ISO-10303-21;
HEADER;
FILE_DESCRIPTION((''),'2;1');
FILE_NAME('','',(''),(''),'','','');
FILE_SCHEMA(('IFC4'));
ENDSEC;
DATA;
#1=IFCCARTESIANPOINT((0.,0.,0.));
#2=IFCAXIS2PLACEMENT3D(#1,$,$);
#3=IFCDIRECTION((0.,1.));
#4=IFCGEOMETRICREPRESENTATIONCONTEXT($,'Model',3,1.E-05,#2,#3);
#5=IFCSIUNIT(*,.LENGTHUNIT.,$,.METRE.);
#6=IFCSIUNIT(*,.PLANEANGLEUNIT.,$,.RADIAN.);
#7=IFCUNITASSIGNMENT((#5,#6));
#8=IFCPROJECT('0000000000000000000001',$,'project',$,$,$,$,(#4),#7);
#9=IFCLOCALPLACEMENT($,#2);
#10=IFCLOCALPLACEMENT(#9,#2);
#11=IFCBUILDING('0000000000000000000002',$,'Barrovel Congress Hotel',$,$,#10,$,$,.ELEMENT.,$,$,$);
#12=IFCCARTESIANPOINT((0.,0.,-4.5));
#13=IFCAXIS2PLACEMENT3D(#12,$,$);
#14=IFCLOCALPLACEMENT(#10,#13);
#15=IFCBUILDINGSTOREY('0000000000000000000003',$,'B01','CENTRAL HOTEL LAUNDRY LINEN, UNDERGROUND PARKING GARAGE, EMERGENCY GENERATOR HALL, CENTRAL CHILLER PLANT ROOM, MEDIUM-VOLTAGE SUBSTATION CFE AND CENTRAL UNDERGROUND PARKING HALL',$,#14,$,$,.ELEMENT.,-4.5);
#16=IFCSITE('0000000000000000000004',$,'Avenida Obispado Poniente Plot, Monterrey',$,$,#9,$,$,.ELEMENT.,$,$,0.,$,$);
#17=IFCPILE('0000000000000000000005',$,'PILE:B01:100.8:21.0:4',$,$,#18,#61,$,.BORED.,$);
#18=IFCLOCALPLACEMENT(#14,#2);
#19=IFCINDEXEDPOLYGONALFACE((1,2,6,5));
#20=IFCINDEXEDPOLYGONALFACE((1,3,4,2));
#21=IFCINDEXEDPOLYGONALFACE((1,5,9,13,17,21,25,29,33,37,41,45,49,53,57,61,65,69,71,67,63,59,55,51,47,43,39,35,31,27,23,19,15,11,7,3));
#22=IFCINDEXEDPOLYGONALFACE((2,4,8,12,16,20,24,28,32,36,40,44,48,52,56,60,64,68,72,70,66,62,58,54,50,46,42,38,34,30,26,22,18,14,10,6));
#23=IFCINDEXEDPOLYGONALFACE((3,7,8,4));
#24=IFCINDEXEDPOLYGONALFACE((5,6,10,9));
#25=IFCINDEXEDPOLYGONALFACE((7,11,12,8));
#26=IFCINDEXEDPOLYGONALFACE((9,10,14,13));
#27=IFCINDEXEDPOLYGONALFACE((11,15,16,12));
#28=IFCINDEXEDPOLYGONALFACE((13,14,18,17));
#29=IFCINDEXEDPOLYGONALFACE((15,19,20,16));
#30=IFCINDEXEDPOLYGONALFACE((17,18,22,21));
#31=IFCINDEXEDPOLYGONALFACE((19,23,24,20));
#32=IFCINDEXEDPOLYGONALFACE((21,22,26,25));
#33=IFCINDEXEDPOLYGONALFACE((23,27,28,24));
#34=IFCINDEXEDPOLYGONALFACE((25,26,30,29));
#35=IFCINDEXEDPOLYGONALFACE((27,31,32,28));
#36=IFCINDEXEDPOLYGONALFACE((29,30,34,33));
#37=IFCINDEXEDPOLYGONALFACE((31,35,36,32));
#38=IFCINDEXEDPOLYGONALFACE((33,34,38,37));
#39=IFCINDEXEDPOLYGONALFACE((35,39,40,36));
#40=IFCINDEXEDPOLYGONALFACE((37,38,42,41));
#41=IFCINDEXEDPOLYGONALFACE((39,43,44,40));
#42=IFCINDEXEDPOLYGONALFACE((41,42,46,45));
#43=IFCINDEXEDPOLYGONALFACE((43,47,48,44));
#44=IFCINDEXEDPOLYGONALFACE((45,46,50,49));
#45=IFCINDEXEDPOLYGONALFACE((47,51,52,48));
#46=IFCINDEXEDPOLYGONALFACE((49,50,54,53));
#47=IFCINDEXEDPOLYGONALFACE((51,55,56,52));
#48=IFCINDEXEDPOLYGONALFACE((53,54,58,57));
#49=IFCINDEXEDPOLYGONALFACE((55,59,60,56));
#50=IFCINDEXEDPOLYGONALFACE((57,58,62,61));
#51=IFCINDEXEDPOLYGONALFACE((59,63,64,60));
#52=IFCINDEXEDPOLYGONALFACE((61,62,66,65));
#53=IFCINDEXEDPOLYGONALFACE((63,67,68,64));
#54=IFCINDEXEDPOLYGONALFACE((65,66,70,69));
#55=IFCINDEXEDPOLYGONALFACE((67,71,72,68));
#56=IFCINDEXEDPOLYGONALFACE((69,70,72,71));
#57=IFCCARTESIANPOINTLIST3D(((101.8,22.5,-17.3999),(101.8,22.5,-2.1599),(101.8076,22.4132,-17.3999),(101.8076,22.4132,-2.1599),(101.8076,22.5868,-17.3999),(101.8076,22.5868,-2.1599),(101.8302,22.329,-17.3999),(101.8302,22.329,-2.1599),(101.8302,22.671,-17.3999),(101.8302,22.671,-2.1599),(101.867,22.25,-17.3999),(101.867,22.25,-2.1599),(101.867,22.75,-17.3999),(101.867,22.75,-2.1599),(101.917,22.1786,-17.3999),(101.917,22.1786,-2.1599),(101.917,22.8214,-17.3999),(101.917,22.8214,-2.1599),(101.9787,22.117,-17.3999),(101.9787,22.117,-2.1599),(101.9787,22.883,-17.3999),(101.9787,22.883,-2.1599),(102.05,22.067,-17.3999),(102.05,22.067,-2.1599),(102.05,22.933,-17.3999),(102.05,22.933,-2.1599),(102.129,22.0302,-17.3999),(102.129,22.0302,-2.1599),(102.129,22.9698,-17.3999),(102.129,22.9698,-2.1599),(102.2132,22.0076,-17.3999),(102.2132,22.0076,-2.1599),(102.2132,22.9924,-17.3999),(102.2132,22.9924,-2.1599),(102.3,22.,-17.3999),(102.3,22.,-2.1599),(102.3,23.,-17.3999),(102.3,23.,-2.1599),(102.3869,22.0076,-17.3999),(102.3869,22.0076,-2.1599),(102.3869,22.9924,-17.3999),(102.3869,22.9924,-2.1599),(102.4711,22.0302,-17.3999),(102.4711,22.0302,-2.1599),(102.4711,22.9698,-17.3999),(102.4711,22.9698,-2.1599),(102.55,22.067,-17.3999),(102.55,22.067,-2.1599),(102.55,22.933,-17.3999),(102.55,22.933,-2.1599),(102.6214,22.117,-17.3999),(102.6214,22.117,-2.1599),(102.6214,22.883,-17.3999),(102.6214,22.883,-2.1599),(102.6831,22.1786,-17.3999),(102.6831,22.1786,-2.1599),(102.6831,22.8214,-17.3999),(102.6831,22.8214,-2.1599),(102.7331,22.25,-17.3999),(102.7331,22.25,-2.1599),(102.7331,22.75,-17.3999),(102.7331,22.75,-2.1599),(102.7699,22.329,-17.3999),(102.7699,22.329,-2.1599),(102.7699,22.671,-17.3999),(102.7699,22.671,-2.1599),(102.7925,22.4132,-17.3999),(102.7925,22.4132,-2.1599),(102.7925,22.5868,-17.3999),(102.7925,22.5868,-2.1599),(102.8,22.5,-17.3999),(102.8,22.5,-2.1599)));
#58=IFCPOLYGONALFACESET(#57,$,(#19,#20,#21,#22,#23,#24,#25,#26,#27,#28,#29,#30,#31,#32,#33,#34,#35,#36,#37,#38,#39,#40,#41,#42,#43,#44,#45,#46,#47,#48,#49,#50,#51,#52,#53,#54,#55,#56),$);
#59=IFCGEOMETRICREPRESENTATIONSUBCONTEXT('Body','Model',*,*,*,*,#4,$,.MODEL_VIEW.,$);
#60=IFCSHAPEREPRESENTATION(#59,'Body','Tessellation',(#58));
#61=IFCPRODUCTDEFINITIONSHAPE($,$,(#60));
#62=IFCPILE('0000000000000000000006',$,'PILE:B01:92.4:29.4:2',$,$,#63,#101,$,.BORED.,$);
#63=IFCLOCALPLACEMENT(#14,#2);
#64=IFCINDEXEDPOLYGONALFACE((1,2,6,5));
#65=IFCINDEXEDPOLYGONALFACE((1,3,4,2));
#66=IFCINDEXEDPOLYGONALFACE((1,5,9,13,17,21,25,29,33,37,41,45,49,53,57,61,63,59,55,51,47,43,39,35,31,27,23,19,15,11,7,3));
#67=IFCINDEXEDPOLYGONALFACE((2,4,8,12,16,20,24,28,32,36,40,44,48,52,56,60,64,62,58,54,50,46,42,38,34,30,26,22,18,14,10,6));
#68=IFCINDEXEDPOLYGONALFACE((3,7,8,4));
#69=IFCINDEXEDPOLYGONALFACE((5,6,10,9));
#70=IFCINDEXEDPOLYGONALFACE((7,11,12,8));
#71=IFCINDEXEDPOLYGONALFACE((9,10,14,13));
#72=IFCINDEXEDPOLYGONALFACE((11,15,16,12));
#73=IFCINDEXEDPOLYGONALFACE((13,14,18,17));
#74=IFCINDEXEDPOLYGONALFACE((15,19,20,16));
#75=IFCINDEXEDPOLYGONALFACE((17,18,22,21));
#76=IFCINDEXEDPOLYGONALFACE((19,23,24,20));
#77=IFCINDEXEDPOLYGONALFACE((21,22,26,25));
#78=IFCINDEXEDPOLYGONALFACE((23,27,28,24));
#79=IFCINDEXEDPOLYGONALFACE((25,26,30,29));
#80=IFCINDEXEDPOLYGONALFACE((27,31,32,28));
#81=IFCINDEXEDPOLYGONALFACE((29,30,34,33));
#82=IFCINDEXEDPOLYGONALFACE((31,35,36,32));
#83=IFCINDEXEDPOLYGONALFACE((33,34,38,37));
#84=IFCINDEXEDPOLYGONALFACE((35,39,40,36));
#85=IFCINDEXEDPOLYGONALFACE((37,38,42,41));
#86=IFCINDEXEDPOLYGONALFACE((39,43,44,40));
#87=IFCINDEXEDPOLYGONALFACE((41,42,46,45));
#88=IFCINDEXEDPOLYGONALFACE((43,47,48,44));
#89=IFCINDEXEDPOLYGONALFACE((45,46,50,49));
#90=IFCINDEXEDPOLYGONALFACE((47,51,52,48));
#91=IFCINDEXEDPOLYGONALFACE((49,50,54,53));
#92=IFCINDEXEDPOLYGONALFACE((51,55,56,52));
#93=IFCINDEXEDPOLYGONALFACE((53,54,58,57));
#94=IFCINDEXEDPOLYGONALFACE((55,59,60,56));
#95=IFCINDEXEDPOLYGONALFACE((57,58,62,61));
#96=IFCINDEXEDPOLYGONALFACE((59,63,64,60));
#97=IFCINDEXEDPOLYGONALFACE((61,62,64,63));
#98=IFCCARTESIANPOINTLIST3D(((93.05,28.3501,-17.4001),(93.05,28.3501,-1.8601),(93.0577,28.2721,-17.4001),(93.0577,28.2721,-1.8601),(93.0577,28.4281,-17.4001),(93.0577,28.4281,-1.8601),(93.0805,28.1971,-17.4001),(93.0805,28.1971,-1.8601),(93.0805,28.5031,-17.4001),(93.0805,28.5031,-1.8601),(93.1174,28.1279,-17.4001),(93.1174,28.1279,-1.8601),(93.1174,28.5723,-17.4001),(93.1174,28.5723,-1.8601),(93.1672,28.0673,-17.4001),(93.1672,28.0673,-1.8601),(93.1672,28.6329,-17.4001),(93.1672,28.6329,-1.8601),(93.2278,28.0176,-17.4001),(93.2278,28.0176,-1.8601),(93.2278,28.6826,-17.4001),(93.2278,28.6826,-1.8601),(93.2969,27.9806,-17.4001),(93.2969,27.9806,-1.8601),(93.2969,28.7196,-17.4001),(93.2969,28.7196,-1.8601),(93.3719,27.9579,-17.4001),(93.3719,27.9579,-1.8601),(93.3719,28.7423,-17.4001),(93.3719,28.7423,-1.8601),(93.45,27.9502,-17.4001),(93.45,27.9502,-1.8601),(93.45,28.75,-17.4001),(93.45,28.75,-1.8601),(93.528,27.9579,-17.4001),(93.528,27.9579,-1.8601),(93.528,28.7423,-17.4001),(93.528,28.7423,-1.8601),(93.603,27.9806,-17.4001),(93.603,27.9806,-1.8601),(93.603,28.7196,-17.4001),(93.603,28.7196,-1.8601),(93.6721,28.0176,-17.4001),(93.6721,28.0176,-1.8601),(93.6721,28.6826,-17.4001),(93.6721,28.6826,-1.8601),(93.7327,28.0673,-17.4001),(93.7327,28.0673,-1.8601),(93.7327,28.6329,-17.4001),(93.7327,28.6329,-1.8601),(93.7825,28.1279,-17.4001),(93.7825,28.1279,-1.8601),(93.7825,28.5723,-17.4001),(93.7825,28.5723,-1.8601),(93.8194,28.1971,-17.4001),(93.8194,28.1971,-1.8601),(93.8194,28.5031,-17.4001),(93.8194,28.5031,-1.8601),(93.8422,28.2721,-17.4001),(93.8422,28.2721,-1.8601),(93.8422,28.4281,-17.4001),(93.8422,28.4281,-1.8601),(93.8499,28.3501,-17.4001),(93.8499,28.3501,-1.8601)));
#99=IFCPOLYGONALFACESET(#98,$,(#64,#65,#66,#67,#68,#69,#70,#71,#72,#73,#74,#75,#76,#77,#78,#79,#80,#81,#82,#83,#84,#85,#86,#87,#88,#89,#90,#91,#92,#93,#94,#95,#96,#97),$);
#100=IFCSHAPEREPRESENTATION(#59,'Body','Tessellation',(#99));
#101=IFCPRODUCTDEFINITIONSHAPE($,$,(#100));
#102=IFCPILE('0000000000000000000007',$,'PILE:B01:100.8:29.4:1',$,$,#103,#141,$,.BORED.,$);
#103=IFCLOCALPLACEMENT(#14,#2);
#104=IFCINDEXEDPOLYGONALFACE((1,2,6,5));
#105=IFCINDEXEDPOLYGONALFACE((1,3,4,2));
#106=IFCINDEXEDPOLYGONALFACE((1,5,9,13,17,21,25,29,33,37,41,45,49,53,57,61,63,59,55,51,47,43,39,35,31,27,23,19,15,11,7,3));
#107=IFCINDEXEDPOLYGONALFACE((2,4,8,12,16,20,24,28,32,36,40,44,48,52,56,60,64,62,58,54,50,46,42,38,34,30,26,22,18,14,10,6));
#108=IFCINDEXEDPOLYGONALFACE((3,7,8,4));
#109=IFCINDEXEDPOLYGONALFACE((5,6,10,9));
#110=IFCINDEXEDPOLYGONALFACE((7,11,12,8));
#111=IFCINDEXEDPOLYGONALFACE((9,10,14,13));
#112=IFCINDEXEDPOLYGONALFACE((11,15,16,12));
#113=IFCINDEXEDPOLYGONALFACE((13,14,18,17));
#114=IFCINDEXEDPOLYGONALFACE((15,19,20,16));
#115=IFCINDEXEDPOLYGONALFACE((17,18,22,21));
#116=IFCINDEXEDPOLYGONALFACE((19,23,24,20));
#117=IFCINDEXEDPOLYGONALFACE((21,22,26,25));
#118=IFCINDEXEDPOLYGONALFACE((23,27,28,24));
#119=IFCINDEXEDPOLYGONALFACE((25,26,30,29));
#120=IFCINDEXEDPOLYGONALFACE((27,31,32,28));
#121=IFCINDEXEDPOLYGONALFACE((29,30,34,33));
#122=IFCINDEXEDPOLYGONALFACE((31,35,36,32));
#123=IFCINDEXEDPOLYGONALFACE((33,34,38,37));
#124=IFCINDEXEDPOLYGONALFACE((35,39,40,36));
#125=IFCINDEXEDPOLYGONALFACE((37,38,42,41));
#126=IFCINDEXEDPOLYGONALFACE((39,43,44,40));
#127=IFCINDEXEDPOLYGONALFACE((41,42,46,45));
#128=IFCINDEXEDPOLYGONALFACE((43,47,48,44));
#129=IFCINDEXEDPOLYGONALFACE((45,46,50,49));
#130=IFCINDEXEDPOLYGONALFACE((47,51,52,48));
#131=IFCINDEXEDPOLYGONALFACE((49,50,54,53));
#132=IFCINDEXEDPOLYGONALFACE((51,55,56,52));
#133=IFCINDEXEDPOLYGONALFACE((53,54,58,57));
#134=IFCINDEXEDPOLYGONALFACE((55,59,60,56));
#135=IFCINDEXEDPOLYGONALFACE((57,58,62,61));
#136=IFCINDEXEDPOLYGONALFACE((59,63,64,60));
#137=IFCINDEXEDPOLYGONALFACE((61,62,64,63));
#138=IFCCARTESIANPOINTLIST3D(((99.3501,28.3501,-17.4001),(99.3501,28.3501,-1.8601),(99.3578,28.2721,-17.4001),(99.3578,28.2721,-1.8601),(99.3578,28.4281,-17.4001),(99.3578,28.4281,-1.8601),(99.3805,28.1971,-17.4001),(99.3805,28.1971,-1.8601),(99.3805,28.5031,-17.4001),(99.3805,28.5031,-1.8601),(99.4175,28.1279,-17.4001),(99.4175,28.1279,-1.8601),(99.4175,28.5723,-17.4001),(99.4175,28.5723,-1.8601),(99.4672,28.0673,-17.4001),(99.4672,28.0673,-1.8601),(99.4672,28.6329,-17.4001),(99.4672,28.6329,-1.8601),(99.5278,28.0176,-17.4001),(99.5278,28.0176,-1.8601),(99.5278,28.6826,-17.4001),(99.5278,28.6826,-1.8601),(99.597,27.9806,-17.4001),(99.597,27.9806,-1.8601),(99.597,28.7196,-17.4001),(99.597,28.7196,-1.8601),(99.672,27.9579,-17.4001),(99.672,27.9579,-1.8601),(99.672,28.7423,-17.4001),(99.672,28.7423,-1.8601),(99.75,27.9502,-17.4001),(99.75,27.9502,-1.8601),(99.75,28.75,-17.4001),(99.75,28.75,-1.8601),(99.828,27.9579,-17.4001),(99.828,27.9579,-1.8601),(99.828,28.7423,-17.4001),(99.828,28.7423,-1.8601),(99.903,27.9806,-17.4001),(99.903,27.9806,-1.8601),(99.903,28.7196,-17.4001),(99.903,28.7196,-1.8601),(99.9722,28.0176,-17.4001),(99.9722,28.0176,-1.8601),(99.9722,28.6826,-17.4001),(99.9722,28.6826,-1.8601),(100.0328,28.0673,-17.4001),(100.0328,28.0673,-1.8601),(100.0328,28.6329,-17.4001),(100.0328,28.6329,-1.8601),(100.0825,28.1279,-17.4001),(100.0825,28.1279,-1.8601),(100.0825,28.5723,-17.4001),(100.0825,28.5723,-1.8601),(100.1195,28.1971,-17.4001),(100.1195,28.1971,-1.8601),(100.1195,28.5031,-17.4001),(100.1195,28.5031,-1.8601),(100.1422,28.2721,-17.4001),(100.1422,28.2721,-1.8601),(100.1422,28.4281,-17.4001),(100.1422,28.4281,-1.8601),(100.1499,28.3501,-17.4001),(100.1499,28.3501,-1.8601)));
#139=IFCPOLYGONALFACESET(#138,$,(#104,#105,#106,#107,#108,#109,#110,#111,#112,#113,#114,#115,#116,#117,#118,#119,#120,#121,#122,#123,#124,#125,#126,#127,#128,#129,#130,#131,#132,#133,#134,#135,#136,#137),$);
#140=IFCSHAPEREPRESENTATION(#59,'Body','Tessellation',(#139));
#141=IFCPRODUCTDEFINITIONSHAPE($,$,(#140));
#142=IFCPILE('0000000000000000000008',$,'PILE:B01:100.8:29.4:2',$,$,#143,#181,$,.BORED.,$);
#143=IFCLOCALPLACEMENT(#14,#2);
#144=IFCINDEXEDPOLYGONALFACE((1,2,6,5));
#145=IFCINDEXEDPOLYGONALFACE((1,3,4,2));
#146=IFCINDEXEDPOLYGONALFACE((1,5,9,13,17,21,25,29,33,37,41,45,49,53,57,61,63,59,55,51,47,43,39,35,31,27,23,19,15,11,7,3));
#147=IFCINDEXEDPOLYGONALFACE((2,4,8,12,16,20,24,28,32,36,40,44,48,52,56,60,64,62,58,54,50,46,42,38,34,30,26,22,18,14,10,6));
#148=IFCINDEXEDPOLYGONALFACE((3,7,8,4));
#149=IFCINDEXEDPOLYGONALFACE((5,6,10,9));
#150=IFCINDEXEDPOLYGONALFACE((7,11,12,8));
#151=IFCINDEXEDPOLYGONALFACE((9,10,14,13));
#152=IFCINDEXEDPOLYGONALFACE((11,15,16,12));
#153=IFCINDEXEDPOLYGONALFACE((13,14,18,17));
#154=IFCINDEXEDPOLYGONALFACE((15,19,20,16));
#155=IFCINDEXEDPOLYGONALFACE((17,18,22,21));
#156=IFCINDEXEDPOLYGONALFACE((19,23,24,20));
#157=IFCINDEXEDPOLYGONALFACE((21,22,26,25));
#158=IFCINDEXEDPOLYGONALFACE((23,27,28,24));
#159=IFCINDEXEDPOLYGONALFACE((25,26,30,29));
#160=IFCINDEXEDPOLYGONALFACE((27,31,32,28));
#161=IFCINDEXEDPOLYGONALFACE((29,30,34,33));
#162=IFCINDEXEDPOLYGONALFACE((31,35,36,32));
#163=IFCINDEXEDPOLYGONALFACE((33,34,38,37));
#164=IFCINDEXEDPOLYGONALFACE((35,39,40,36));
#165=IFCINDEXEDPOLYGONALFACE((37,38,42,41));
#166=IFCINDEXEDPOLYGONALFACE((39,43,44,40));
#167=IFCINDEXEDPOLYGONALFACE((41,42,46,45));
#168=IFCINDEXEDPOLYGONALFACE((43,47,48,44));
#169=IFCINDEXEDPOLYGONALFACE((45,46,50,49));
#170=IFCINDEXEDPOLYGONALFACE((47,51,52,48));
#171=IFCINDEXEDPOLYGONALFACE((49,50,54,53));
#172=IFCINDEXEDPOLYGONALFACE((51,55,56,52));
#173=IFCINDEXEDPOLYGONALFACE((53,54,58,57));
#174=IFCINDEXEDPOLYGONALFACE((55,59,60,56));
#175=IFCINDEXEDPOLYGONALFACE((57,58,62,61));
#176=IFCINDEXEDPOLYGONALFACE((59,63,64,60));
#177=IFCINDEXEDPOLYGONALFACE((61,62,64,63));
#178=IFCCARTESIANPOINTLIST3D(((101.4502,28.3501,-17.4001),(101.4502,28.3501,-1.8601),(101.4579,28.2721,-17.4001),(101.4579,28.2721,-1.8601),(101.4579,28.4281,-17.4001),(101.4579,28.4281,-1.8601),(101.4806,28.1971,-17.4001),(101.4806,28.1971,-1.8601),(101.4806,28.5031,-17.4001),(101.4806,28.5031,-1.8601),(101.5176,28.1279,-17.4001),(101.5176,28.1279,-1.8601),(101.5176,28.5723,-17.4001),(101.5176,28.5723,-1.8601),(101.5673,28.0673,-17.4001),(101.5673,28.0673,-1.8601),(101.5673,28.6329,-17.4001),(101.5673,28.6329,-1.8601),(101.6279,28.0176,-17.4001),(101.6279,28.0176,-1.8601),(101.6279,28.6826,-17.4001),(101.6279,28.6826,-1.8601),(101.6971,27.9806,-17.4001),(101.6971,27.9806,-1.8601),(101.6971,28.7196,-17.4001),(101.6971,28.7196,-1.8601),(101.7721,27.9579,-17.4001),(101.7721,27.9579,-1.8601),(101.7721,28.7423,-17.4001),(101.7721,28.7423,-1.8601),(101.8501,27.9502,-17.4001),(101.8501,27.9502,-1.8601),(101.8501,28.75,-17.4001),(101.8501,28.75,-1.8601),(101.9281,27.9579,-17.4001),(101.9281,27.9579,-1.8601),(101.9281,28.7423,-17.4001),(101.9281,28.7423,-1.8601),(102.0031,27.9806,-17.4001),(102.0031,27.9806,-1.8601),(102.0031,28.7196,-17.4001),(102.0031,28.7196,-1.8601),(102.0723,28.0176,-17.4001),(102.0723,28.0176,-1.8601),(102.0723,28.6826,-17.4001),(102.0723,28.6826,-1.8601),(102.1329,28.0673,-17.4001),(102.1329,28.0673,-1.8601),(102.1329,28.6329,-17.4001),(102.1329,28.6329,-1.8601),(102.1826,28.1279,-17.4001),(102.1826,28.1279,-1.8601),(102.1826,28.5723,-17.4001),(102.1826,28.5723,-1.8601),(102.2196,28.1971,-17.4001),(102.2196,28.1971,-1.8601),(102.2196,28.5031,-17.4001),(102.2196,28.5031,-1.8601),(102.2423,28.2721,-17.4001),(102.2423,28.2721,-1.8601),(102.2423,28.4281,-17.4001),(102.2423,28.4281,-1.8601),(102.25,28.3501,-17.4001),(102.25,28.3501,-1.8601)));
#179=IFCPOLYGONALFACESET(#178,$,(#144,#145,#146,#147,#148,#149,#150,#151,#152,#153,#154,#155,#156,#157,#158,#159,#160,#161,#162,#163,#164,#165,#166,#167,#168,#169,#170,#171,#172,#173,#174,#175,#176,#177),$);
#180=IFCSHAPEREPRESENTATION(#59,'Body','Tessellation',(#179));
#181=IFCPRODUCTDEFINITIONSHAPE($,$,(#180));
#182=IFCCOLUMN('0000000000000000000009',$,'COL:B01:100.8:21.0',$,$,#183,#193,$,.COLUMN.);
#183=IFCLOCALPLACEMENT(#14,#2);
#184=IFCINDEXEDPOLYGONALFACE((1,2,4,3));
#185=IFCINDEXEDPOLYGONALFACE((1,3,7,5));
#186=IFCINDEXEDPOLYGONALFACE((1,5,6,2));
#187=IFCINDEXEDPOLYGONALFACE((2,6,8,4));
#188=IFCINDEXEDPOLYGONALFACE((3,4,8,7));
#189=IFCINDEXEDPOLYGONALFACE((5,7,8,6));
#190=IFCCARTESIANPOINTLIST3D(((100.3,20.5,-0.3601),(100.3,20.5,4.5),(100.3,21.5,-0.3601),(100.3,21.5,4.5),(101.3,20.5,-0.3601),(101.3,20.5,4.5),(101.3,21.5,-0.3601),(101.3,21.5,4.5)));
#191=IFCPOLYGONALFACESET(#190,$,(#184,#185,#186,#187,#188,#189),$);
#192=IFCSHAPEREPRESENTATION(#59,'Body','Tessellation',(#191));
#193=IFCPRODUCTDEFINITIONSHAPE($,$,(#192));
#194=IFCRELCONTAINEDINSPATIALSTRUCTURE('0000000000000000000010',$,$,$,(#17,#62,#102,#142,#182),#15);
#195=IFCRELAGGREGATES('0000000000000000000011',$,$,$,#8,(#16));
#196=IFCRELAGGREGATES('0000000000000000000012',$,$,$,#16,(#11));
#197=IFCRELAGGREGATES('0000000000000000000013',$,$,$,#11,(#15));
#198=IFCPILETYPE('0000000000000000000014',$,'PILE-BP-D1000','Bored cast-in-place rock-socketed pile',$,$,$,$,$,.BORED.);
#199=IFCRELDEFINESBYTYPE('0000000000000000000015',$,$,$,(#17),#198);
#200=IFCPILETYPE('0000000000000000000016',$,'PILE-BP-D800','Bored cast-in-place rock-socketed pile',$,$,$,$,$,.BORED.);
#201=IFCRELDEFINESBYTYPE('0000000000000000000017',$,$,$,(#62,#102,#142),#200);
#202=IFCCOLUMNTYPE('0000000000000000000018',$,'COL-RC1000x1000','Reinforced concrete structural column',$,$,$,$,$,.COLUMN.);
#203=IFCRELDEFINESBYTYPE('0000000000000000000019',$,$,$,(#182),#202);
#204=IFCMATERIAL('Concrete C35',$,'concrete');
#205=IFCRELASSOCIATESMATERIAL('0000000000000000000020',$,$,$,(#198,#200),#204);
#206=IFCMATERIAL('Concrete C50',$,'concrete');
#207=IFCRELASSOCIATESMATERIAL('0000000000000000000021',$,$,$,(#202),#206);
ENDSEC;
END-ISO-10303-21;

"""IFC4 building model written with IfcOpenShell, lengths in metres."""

from ifc_helpers import new_model, si_unit, direction, frame, origin, origin_2d, place, context, subcontext, project, spatial, rectangle, circle, extrude, material, material_profile, profile_set, type_object, element, save


model = new_model("IFC4")

# Units and contexts
model_context = context("Model", 3, precision=1e-05, world=origin(), true_north=direction((0.0, 1.0)))
body_context = subcontext(model_context, "Body", "Model", "MODEL_VIEW")
ifc_project = project(units=[si_unit("LENGTHUNIT", "METRE"), si_unit("PLANEANGLEUNIT", "RADIAN")], contexts=[model_context])

# Site, building, storey
site_placement = place(None, origin())
site = spatial("IfcSite", under=ifc_project, at=site_placement, Name="Avenida Obispado Poniente Plot, Monterrey", CompositionType="ELEMENT", RefElevation=0.0)
building_placement = place(site_placement, origin())
building = spatial("IfcBuilding", under=site, at=building_placement, Name="Barrovel Congress Hotel", CompositionType="ELEMENT")
storey_placement = place(building_placement, frame((0.0, 0.0, -4.5)))
storey = spatial("IfcBuildingStorey", under=building, at=storey_placement, Name="B01", Description="CENTRAL HOTEL LAUNDRY LINEN, UNDERGROUND PARKING GARAGE, EMERGENCY GENERATOR HALL, CENTRAL CHILLER PLANT ROOM, MEDIUM-VOLTAGE SUBSTATION CFE AND CENTRAL UNDERGROUND PARKING HALL", CompositionType="ELEMENT", Elevation=-4.5)

# Piles
ifc_material_1 = material(Name="Concrete C35", Category="concrete")
ifc_material_profile_1 = material_profile(ifc_material_1, circle(Radius=0.5, at=origin_2d()), Name="BP-D1000")
ifc_profile_set_1 = profile_set([ifc_material_profile_1], Name="Concrete C35")
pile_type_1 = type_object("IfcPileType", Name="PILE-BP-D1000", Description="Bored cast-in-place rock-socketed pile", PredefinedType="BORED", material=ifc_profile_set_1)
for number, where, z_axis, x_axis, name in (
    (1, (102.3, 22.5, -2.1599), (0.0, 0.0, -1.0), (1.0, 0.0, 0.0), "PILE:B01:100.8:21.0:4"),
):
    element("IfcPile", number, at=place(storey_placement, frame(where, z_axis=z_axis, x_axis=x_axis)), inside=storey, type_object=pile_type_1, Name=name, PredefinedType="BORED", context=body_context, shape_type="SweptSolid", body=[
        extrude(circle(Radius=0.5, at=origin_2d()), origin(), (0.0, 0.0, 1.0), 15.24),
    ])
ifc_material_profile_2 = material_profile(ifc_material_1, circle(Radius=0.3999, at=origin_2d()), Name="BP-D800")
ifc_profile_set_2 = profile_set([ifc_material_profile_2], Name="Concrete C35")
pile_type_2 = type_object("IfcPileType", Name="PILE-BP-D800", Description="Bored cast-in-place rock-socketed pile", PredefinedType="BORED", material=ifc_profile_set_2)
for number, where, z_axis, x_axis, name in (
    (2, (93.45, 28.3501, -1.8601), (0.0, 0.0, -1.0), (1.0, 0.0, 0.0), "PILE:B01:92.4:29.4:2"),
    (3, (99.75, 28.3501, -1.8601), (0.0, 0.0, -1.0), (1.0, 0.0, 0.0), "PILE:B01:100.8:29.4:1"),
    (4, (101.8501, 28.3501, -1.8601), (0.0, 0.0, -1.0), (1.0, 0.0, 0.0), "PILE:B01:100.8:29.4:2"),
):
    element("IfcPile", number, at=place(storey_placement, frame(where, z_axis=z_axis, x_axis=x_axis)), inside=storey, type_object=pile_type_2, Name=name, PredefinedType="BORED", context=body_context, shape_type="SweptSolid", body=[
        extrude(circle(Radius=0.3999, at=origin_2d()), origin(), (0.0, 0.0, 1.0), 15.54),
    ])

# Column
ifc_material_2 = material(Name="Concrete C50", Category="concrete")
ifc_material_profile_3 = material_profile(ifc_material_2, rectangle(XDim=1.0, YDim=1.0, at=origin_2d()), Name="RC1000x1000")
ifc_profile_set_3 = profile_set([ifc_material_profile_3], Name="Concrete C50")
column_type = type_object("IfcColumnType", Name="COL-RC1000x1000", Description="Reinforced concrete structural column", PredefinedType="COLUMN", material=ifc_profile_set_3)
column_placement = place(storey_placement, frame((100.8, 21.0, -0.3601), z_axis=(0.0, 0.0, 1.0), x_axis=(1.0, 0.0, 0.0)))
element("IfcColumn", 5, at=column_placement, inside=storey, type_object=column_type, Name="COL:B01:100.8:21.0", PredefinedType="COLUMN", context=body_context, shape_type="SweptSolid", body=[
    extrude(rectangle(XDim=1.0, YDim=1.0, at=origin_2d()), origin(), (0.0, 0.0, 1.0), 4.8601),
])

save(model, "model.ifc")
